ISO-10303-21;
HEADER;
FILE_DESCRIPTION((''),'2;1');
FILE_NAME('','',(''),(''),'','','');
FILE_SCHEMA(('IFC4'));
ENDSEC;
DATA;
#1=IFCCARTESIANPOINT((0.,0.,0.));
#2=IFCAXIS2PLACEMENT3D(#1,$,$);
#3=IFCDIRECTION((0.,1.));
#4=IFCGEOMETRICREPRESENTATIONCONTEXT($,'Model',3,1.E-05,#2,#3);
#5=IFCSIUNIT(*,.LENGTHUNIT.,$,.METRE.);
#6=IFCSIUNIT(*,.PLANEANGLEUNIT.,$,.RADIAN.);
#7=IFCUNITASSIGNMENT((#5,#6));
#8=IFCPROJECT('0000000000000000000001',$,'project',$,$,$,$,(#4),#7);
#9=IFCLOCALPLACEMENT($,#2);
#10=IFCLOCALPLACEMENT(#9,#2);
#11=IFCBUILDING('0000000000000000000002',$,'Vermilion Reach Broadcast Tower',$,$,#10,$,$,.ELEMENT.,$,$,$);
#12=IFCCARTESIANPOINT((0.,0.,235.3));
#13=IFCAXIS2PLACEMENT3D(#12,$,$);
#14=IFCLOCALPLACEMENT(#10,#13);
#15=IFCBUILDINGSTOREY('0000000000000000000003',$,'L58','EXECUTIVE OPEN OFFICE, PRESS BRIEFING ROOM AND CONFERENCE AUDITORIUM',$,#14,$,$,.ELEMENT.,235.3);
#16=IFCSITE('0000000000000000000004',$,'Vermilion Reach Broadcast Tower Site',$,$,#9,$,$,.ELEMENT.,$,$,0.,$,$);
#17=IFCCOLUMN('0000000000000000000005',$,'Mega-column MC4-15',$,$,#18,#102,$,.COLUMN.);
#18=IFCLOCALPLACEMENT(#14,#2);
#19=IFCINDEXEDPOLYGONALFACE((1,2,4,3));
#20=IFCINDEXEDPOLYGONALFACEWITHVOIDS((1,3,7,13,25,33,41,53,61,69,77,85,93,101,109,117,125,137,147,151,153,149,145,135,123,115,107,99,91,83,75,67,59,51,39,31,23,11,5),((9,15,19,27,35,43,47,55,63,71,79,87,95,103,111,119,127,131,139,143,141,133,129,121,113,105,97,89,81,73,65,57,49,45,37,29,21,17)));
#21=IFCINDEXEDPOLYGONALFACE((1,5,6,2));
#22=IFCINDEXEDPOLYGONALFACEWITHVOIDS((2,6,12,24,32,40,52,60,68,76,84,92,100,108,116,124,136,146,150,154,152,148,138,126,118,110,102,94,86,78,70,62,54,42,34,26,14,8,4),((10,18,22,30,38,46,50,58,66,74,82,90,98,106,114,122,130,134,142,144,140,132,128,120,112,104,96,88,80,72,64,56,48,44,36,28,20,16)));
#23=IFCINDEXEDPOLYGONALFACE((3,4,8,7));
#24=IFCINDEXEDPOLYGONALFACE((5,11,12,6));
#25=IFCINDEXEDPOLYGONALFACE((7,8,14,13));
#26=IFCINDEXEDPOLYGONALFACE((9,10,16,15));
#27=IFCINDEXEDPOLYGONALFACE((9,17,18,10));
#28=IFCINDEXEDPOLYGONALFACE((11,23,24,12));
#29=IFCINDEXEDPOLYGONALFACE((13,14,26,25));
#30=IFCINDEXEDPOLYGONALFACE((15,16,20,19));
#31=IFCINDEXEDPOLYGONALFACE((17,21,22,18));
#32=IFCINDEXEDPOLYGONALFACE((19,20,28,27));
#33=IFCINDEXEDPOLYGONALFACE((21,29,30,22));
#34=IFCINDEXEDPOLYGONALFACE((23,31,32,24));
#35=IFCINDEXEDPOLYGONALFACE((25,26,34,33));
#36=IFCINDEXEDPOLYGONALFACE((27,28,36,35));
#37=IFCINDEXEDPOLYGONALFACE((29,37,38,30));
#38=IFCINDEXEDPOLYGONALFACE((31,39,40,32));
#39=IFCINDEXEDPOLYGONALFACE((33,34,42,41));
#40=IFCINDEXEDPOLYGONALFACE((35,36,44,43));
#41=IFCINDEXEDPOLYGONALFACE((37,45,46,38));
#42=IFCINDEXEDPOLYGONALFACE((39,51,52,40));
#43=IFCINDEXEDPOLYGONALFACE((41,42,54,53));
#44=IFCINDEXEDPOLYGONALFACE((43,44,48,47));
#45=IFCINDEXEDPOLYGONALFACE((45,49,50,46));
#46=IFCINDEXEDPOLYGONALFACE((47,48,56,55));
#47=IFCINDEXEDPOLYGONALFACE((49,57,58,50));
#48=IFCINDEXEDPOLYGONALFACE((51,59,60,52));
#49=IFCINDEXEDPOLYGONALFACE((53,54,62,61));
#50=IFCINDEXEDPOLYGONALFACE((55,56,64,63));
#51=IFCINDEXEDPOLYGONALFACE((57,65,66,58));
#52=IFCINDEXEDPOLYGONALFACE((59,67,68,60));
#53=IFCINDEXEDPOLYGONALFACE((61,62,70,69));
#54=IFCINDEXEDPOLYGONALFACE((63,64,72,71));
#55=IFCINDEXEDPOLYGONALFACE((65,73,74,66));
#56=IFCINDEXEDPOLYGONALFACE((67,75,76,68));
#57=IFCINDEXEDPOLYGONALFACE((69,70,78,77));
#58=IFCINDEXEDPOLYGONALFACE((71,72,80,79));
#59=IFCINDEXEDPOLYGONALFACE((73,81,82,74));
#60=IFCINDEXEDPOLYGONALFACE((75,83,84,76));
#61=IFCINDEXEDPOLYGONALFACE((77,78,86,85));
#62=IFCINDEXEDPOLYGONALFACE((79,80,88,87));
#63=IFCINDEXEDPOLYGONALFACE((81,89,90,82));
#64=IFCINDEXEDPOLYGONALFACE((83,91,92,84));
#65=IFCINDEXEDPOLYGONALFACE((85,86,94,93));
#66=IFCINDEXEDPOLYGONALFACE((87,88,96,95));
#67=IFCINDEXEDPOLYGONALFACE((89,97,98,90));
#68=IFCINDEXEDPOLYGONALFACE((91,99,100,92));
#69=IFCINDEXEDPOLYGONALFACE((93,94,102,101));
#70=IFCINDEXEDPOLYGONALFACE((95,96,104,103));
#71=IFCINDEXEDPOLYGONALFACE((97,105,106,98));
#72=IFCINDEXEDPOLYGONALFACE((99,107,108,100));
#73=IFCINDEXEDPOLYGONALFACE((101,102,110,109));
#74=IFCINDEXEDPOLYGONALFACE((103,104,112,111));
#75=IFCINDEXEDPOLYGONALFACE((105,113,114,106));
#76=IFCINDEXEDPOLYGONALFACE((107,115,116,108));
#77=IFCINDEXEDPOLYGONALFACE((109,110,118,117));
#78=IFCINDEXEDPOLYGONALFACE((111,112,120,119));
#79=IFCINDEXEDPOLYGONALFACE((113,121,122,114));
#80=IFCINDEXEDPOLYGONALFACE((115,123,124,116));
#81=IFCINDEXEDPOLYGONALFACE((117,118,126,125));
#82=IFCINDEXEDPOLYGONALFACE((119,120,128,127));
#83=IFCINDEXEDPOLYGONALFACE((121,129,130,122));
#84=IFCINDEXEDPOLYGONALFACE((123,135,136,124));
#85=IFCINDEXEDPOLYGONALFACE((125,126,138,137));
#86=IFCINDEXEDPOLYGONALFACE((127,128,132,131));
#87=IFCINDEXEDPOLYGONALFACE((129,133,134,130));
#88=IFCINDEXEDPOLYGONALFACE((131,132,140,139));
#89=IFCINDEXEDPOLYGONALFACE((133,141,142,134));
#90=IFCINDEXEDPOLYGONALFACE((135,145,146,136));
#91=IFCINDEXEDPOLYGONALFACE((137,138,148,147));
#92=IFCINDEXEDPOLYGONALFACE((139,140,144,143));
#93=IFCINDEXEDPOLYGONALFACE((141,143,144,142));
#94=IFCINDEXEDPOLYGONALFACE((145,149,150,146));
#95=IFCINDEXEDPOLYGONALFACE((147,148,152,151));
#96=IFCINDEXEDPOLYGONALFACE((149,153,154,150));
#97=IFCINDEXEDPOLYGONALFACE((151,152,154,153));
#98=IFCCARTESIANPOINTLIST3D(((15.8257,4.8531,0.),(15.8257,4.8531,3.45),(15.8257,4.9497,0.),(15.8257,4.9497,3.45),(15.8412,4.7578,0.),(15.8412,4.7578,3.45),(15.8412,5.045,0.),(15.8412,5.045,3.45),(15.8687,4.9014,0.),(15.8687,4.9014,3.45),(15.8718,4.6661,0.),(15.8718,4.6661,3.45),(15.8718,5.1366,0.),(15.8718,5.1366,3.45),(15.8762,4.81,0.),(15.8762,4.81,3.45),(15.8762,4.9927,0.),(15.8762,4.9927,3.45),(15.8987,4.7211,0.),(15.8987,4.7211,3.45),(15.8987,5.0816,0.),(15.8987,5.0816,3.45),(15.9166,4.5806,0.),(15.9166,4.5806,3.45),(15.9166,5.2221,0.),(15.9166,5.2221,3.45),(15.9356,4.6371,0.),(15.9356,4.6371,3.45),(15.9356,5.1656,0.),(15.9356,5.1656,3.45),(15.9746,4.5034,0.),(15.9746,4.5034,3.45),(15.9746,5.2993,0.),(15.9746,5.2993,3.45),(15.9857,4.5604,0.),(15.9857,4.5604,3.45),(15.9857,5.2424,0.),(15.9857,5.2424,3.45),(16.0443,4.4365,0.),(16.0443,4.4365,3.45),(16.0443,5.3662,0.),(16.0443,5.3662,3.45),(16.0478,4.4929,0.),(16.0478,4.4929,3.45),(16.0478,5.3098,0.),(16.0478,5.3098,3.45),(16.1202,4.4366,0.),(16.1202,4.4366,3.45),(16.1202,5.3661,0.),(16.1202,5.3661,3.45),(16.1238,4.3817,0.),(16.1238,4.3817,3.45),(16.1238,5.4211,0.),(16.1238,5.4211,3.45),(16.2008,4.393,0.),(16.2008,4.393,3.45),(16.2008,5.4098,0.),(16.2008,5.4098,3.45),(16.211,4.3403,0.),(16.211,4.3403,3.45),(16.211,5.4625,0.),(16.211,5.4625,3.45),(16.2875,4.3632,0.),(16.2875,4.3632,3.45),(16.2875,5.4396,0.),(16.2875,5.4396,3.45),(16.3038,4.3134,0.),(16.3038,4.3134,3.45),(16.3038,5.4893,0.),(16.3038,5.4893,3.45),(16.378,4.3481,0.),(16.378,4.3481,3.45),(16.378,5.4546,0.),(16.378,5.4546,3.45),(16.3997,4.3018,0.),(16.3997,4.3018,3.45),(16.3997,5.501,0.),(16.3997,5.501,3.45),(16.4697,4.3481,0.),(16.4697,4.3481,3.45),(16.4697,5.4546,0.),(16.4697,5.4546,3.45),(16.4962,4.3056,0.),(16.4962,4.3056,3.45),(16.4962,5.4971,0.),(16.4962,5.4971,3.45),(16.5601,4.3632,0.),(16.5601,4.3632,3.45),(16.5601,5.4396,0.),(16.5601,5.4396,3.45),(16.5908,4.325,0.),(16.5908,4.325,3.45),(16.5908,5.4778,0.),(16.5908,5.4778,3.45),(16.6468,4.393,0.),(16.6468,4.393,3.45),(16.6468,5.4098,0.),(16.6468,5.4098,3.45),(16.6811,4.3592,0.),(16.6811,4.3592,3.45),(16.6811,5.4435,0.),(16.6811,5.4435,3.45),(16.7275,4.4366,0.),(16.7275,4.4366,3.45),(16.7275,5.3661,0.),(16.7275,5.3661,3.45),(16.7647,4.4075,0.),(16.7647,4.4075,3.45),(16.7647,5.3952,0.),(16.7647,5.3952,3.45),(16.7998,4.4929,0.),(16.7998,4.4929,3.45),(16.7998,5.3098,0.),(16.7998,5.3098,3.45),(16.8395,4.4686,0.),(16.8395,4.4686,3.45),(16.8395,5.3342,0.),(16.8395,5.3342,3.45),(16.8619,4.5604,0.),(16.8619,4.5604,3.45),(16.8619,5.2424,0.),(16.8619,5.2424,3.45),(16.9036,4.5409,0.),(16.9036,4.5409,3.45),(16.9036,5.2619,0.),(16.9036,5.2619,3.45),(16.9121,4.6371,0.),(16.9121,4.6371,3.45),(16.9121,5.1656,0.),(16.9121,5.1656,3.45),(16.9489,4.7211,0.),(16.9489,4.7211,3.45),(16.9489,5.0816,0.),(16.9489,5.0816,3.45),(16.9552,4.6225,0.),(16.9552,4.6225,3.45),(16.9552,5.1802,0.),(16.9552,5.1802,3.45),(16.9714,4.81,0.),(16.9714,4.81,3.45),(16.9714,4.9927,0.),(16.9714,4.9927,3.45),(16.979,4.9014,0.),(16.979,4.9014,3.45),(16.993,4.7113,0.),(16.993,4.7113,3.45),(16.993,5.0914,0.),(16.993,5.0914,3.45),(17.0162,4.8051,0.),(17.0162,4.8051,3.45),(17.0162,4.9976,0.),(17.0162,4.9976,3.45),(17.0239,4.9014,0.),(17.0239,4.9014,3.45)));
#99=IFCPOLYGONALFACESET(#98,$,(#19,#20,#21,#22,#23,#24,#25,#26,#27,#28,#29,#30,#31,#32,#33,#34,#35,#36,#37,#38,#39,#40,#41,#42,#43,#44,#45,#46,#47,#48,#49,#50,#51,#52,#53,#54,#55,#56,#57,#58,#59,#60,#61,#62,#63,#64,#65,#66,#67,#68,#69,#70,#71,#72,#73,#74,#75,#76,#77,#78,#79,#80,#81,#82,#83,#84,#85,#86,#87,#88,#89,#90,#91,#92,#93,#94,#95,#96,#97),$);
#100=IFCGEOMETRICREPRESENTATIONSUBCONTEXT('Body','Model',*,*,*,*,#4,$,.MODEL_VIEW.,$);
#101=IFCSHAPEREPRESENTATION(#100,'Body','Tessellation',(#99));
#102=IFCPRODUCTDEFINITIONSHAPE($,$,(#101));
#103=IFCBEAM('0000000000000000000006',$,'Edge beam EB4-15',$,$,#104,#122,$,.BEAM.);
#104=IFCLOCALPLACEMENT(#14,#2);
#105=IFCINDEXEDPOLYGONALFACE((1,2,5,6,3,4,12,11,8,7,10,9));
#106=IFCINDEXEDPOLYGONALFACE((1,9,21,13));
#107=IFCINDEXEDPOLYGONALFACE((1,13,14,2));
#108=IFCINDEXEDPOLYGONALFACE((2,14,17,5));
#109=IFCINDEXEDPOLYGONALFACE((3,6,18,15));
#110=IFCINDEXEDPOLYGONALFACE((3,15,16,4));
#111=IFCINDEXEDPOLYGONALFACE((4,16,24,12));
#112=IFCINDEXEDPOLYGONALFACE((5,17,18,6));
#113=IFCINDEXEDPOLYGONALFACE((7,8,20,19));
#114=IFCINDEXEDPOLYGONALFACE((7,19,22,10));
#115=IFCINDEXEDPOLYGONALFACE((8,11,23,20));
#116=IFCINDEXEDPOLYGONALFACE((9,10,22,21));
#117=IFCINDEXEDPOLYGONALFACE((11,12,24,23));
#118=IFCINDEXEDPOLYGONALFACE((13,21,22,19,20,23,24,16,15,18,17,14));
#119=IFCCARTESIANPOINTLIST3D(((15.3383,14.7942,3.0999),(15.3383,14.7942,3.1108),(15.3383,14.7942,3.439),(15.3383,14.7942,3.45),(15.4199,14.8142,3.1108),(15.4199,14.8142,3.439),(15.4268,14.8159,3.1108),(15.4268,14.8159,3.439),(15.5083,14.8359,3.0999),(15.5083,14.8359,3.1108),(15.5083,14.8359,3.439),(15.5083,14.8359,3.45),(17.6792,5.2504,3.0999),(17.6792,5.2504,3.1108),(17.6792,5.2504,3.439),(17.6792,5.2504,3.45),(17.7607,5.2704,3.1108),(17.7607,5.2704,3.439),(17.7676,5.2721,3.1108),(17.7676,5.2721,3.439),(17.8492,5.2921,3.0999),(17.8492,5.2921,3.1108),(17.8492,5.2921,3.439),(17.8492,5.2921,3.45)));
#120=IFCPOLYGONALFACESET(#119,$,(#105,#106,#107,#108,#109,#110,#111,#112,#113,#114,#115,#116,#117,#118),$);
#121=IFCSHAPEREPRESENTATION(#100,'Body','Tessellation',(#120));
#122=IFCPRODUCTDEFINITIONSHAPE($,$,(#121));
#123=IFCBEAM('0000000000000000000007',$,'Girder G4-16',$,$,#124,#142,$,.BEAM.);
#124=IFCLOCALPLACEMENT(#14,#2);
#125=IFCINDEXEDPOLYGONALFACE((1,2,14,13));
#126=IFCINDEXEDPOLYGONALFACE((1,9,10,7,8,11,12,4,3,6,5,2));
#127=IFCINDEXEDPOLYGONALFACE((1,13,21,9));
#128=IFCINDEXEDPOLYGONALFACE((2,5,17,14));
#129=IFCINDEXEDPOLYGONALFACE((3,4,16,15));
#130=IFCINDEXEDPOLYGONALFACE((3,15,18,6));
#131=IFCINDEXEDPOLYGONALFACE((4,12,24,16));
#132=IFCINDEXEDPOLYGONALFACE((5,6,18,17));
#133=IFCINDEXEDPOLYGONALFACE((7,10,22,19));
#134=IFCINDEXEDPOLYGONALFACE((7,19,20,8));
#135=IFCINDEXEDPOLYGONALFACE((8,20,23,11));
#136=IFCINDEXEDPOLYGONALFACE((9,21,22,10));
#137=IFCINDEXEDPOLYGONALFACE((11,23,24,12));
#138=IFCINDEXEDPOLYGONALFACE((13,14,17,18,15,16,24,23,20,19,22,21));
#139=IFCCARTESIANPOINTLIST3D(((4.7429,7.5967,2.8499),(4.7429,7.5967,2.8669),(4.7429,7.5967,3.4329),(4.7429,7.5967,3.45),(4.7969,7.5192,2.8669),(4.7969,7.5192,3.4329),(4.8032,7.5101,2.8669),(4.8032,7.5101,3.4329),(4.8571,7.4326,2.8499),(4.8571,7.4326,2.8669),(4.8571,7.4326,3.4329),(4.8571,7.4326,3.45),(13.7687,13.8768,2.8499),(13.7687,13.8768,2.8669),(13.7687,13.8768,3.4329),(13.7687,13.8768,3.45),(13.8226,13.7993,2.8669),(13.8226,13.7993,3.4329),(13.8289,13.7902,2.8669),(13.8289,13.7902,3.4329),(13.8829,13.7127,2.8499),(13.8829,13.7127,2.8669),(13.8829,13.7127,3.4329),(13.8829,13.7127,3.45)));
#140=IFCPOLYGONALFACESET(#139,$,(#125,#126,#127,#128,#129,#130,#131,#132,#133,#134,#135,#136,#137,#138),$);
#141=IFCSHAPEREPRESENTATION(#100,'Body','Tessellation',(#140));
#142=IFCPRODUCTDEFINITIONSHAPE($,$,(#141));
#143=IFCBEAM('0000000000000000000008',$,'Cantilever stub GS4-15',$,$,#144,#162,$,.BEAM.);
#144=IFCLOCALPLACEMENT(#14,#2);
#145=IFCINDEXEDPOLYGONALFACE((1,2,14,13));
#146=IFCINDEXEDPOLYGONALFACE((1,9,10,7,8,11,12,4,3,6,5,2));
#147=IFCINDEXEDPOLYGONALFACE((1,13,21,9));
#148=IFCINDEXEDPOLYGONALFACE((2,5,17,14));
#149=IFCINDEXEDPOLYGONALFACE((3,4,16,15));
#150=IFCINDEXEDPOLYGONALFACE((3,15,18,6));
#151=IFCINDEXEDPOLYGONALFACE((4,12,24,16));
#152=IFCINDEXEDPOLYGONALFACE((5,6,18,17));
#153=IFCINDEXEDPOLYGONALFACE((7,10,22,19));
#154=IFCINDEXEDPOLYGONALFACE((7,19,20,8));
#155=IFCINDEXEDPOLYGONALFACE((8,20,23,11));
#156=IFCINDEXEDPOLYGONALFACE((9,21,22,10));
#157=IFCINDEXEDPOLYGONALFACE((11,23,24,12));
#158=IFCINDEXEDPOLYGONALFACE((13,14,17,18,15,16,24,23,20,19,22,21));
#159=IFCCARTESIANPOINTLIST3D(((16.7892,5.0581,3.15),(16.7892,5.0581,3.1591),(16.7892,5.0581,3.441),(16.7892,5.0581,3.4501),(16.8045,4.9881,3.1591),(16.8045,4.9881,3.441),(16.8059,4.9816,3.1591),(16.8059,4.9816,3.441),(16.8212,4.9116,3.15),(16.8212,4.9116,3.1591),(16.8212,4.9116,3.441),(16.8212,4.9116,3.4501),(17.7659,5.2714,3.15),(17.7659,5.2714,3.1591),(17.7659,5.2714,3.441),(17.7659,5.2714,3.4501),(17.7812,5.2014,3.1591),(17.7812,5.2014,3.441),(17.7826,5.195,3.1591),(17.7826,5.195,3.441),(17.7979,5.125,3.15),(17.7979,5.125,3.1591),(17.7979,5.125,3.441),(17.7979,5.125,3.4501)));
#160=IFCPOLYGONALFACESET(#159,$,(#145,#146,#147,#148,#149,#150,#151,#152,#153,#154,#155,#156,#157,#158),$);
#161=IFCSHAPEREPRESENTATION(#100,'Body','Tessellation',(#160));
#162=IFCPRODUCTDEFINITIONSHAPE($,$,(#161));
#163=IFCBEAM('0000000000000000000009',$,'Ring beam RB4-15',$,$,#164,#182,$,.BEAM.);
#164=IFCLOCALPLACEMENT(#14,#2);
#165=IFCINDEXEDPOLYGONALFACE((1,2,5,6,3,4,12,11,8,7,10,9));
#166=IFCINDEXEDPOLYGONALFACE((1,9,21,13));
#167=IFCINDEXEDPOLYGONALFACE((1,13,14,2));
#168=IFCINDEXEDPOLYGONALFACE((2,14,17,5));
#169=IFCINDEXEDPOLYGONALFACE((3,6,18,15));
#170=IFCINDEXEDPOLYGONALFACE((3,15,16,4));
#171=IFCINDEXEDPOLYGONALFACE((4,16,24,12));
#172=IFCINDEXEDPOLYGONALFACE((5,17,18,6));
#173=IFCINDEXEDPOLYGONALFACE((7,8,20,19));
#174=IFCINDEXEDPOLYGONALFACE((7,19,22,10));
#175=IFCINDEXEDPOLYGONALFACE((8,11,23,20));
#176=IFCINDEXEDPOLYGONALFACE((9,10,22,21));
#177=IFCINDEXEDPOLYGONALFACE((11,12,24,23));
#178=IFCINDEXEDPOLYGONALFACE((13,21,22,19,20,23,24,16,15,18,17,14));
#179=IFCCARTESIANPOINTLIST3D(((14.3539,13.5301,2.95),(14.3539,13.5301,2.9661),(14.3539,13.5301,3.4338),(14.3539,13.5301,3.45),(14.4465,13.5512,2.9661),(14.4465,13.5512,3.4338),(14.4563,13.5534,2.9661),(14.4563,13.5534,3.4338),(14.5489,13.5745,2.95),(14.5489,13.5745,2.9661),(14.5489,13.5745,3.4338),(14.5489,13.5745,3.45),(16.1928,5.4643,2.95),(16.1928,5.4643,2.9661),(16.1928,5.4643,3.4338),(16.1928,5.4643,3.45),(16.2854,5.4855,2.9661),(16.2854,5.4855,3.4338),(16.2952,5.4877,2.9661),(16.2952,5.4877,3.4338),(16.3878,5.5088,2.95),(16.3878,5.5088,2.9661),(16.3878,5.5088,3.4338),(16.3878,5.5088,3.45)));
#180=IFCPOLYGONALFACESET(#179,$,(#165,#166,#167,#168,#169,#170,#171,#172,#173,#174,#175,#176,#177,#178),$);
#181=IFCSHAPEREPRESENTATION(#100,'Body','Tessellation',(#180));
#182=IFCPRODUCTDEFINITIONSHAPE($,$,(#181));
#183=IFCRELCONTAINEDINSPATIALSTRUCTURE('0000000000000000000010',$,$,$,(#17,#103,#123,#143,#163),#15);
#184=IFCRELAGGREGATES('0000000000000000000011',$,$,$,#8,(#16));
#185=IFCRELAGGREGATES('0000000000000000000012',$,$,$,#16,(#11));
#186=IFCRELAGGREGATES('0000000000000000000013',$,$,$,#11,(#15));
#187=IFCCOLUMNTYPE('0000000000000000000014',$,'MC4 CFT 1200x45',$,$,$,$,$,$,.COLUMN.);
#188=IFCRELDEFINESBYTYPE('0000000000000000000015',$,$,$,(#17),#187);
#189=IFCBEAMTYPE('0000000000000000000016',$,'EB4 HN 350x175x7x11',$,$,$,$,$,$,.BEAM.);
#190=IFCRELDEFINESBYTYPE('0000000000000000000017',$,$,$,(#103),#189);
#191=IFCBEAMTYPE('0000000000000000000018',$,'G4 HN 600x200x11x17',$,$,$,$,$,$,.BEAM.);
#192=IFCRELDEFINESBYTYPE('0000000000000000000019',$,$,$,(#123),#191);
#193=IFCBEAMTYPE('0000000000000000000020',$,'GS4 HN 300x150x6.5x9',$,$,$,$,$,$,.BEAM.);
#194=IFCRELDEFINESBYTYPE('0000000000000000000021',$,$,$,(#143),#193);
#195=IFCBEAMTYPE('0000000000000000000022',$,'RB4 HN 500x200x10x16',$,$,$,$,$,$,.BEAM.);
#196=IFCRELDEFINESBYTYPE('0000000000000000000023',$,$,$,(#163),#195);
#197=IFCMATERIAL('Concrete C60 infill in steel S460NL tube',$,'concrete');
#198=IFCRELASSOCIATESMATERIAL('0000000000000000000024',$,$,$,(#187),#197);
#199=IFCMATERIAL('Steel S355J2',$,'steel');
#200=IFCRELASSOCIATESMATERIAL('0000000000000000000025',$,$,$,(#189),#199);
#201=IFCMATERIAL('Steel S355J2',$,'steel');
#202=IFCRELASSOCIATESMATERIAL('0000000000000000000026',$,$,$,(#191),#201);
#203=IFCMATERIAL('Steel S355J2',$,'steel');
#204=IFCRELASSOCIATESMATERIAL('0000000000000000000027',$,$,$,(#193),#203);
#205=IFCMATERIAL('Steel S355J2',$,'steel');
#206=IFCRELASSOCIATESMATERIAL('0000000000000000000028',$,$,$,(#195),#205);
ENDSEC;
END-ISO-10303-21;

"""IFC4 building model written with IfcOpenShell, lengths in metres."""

from ifc_helpers import new_model, si_unit, direction, frame, origin, origin_2d, place, context, subcontext, project, spatial, hollow_circle, i_section, extrude, material, material_profile, profile_set, type_object, element, save


model = new_model("IFC4")

# Units and contexts
model_context = context("Model", 3, precision=1e-05, world=origin(), true_north=direction((0.0, 1.0)))
body_context = subcontext(model_context, "Body", "Model", "MODEL_VIEW")
ifc_project = project(units=[si_unit("LENGTHUNIT", "METRE"), si_unit("PLANEANGLEUNIT", "RADIAN")], contexts=[model_context])

# Site, building, storey
site_placement = place(None, origin())
site = spatial("IfcSite", under=ifc_project, at=site_placement, Name="Vermilion Reach Broadcast Tower Site", CompositionType="ELEMENT", RefElevation=0.0)
building_placement = place(site_placement, origin())
building = spatial("IfcBuilding", under=site, at=building_placement, Name="Vermilion Reach Broadcast Tower", CompositionType="ELEMENT")
storey_placement = place(building_placement, frame((0.0, 0.0, 235.3)))
storey = spatial("IfcBuildingStorey", under=building, at=storey_placement, Name="L58", Description="EXECUTIVE OPEN OFFICE, PRESS BRIEFING ROOM AND CONFERENCE AUDITORIUM", CompositionType="ELEMENT", Elevation=235.3)

# Column
ifc_material_1 = material(Name="Concrete C60 infill in steel S460NL tube", Category="concrete")
ifc_material_profile_1 = material_profile(ifc_material_1, hollow_circle(Radius=0.6001, WallThickness=0.0449, at=origin_2d()), Name="Concrete C60 infill in steel S460NL tube CFT 1200x45")
ifc_profile_set_1 = profile_set([ifc_material_profile_1], Name="Concrete C60 infill in steel S460NL tube")
column_type = type_object("IfcColumnType", Name="MC4 CFT 1200x45", PredefinedType="COLUMN", material=ifc_profile_set_1)
column_placement = place(storey_placement, frame((16.4238, 4.9014, 0.0), z_axis=(0.0, 0.0, 1.0), x_axis=(1.0, 0.0, 0.0)))
element("IfcColumn", 1, at=column_placement, inside=storey, type_object=column_type, Name="Mega-column MC4-15", PredefinedType="COLUMN", context=body_context, shape_type="SweptSolid", body=[
    extrude(hollow_circle(Radius=0.6001, WallThickness=0.0449, at=origin_2d()), origin(), (0.0, 0.0, 1.0), 3.45),
])

# Beams
ifc_material_2 = material(Name="Steel S355J2", Category="steel")
ifc_material_profile_2 = material_profile(ifc_material_2, i_section(OverallWidth=0.175, OverallDepth=0.3501, WebThickness=0.0071, FlangeThickness=0.011, at=origin_2d()), Name="S355J2 HN 350x175x7x11")
ifc_profile_set_2 = profile_set([ifc_material_profile_2], Name="Steel S355J2")
beam_type_1 = type_object("IfcBeamType", Name="EB4 HN 350x175x7x11", PredefinedType="BEAM", material=ifc_profile_set_2)
beam_1_placement = place(storey_placement, frame((17.7642, 5.2712, 3.2749), z_axis=(-0.238213, 0.971213, 0.0), x_axis=(-0.971213, -0.238213, 0.0)))
element("IfcBeam", 2, at=beam_1_placement, inside=storey, type_object=beam_type_1, Name="Edge beam EB4-15", PredefinedType="BEAM", context=body_context, shape_type="SweptSolid", body=[
    extrude(i_section(OverallWidth=0.175, OverallDepth=0.3501, WebThickness=0.0071, FlangeThickness=0.011, at=origin_2d()), origin(), (0.0, 0.0, 1.0), 9.8267),
])
ifc_material_3 = material(Name="Steel S355J2", Category="steel")
ifc_material_profile_3 = material_profile(ifc_material_3, i_section(OverallWidth=0.2, OverallDepth=0.6001, WebThickness=0.011, FlangeThickness=0.0171, at=origin_2d()), Name="S355J2 HN 600x200x11x17")
ifc_profile_set_3 = profile_set([ifc_material_profile_3], Name="Steel S355J2")
beam_type_2 = type_object("IfcBeamType", Name="G4 HN 600x200x11x17", PredefinedType="BEAM", material=ifc_profile_set_3)
beam_2_placement = place(storey_placement, frame((4.8, 7.5146, 3.1499), z_axis=(0.820849, 0.571146, 0.0), x_axis=(-0.571146, 0.820849, 0.0)))
element("IfcBeam", 3, at=beam_2_placement, inside=storey, type_object=beam_type_2, Name="Girder G4-16", PredefinedType="BEAM", context=body_context, shape_type="SweptSolid", body=[
    extrude(i_section(OverallWidth=0.2, OverallDepth=0.6001, WebThickness=0.011, FlangeThickness=0.0171, at=origin_2d()), origin(), (0.0, 0.0, 1.0), 10.9956),
])
ifc_material_4 = material(Name="Steel S355J2", Category="steel")
ifc_material_profile_4 = material_profile(ifc_material_4, i_section(OverallWidth=0.1499, OverallDepth=0.3, WebThickness=0.0066, FlangeThickness=0.009, at=origin_2d()), Name="S355J2 HN 300x150x6.5x9")
ifc_profile_set_4 = profile_set([ifc_material_profile_4], Name="Steel S355J2")
beam_type_3 = type_object("IfcBeamType", Name="GS4 HN 300x150x6.5x9", PredefinedType="BEAM", material=ifc_profile_set_4)
beam_3_placement = place(storey_placement, frame((16.8052, 4.9849, 3.3), z_axis=(0.976962, 0.213413, 0.0), x_axis=(-0.213413, 0.976962, 0.0)))
element("IfcBeam", 4, at=beam_3_placement, inside=storey, type_object=beam_type_3, Name="Cantilever stub GS4-15", PredefinedType="BEAM", context=body_context, shape_type="SweptSolid", body=[
    extrude(i_section(OverallWidth=0.1499, OverallDepth=0.3, WebThickness=0.0066, FlangeThickness=0.009, at=origin_2d()), origin(), (0.0, 0.0, 1.0), 0.9998),
])
ifc_material_5 = material(Name="Steel S355J2", Category="steel")
ifc_material_profile_5 = material_profile(ifc_material_5, i_section(OverallWidth=0.2, OverallDepth=0.5, WebThickness=0.01, FlangeThickness=0.0161, at=origin_2d()), Name="S355J2 HN 500x200x10x16")
ifc_profile_set_5 = profile_set([ifc_material_profile_5], Name="Steel S355J2")
beam_type_4 = type_object("IfcBeamType", Name="RB4 HN 500x200x10x16", PredefinedType="BEAM", material=ifc_profile_set_5)
beam_4_placement = place(storey_placement, frame((16.2903, 5.4866, 3.2), z_axis=(-0.222283, 0.974982, 0.0), x_axis=(-0.974982, -0.222283, 0.0)))
element("IfcBeam", 5, at=beam_4_placement, inside=storey, type_object=beam_type_4, Name="Ring beam RB4-15", PredefinedType="BEAM", context=body_context, shape_type="SweptSolid", body=[
    extrude(i_section(OverallWidth=0.2, OverallDepth=0.5, WebThickness=0.01, FlangeThickness=0.0161, at=origin_2d()), origin(), (0.0, 0.0, 1.0), 8.2727),
])

save(model, "model.ifc")
